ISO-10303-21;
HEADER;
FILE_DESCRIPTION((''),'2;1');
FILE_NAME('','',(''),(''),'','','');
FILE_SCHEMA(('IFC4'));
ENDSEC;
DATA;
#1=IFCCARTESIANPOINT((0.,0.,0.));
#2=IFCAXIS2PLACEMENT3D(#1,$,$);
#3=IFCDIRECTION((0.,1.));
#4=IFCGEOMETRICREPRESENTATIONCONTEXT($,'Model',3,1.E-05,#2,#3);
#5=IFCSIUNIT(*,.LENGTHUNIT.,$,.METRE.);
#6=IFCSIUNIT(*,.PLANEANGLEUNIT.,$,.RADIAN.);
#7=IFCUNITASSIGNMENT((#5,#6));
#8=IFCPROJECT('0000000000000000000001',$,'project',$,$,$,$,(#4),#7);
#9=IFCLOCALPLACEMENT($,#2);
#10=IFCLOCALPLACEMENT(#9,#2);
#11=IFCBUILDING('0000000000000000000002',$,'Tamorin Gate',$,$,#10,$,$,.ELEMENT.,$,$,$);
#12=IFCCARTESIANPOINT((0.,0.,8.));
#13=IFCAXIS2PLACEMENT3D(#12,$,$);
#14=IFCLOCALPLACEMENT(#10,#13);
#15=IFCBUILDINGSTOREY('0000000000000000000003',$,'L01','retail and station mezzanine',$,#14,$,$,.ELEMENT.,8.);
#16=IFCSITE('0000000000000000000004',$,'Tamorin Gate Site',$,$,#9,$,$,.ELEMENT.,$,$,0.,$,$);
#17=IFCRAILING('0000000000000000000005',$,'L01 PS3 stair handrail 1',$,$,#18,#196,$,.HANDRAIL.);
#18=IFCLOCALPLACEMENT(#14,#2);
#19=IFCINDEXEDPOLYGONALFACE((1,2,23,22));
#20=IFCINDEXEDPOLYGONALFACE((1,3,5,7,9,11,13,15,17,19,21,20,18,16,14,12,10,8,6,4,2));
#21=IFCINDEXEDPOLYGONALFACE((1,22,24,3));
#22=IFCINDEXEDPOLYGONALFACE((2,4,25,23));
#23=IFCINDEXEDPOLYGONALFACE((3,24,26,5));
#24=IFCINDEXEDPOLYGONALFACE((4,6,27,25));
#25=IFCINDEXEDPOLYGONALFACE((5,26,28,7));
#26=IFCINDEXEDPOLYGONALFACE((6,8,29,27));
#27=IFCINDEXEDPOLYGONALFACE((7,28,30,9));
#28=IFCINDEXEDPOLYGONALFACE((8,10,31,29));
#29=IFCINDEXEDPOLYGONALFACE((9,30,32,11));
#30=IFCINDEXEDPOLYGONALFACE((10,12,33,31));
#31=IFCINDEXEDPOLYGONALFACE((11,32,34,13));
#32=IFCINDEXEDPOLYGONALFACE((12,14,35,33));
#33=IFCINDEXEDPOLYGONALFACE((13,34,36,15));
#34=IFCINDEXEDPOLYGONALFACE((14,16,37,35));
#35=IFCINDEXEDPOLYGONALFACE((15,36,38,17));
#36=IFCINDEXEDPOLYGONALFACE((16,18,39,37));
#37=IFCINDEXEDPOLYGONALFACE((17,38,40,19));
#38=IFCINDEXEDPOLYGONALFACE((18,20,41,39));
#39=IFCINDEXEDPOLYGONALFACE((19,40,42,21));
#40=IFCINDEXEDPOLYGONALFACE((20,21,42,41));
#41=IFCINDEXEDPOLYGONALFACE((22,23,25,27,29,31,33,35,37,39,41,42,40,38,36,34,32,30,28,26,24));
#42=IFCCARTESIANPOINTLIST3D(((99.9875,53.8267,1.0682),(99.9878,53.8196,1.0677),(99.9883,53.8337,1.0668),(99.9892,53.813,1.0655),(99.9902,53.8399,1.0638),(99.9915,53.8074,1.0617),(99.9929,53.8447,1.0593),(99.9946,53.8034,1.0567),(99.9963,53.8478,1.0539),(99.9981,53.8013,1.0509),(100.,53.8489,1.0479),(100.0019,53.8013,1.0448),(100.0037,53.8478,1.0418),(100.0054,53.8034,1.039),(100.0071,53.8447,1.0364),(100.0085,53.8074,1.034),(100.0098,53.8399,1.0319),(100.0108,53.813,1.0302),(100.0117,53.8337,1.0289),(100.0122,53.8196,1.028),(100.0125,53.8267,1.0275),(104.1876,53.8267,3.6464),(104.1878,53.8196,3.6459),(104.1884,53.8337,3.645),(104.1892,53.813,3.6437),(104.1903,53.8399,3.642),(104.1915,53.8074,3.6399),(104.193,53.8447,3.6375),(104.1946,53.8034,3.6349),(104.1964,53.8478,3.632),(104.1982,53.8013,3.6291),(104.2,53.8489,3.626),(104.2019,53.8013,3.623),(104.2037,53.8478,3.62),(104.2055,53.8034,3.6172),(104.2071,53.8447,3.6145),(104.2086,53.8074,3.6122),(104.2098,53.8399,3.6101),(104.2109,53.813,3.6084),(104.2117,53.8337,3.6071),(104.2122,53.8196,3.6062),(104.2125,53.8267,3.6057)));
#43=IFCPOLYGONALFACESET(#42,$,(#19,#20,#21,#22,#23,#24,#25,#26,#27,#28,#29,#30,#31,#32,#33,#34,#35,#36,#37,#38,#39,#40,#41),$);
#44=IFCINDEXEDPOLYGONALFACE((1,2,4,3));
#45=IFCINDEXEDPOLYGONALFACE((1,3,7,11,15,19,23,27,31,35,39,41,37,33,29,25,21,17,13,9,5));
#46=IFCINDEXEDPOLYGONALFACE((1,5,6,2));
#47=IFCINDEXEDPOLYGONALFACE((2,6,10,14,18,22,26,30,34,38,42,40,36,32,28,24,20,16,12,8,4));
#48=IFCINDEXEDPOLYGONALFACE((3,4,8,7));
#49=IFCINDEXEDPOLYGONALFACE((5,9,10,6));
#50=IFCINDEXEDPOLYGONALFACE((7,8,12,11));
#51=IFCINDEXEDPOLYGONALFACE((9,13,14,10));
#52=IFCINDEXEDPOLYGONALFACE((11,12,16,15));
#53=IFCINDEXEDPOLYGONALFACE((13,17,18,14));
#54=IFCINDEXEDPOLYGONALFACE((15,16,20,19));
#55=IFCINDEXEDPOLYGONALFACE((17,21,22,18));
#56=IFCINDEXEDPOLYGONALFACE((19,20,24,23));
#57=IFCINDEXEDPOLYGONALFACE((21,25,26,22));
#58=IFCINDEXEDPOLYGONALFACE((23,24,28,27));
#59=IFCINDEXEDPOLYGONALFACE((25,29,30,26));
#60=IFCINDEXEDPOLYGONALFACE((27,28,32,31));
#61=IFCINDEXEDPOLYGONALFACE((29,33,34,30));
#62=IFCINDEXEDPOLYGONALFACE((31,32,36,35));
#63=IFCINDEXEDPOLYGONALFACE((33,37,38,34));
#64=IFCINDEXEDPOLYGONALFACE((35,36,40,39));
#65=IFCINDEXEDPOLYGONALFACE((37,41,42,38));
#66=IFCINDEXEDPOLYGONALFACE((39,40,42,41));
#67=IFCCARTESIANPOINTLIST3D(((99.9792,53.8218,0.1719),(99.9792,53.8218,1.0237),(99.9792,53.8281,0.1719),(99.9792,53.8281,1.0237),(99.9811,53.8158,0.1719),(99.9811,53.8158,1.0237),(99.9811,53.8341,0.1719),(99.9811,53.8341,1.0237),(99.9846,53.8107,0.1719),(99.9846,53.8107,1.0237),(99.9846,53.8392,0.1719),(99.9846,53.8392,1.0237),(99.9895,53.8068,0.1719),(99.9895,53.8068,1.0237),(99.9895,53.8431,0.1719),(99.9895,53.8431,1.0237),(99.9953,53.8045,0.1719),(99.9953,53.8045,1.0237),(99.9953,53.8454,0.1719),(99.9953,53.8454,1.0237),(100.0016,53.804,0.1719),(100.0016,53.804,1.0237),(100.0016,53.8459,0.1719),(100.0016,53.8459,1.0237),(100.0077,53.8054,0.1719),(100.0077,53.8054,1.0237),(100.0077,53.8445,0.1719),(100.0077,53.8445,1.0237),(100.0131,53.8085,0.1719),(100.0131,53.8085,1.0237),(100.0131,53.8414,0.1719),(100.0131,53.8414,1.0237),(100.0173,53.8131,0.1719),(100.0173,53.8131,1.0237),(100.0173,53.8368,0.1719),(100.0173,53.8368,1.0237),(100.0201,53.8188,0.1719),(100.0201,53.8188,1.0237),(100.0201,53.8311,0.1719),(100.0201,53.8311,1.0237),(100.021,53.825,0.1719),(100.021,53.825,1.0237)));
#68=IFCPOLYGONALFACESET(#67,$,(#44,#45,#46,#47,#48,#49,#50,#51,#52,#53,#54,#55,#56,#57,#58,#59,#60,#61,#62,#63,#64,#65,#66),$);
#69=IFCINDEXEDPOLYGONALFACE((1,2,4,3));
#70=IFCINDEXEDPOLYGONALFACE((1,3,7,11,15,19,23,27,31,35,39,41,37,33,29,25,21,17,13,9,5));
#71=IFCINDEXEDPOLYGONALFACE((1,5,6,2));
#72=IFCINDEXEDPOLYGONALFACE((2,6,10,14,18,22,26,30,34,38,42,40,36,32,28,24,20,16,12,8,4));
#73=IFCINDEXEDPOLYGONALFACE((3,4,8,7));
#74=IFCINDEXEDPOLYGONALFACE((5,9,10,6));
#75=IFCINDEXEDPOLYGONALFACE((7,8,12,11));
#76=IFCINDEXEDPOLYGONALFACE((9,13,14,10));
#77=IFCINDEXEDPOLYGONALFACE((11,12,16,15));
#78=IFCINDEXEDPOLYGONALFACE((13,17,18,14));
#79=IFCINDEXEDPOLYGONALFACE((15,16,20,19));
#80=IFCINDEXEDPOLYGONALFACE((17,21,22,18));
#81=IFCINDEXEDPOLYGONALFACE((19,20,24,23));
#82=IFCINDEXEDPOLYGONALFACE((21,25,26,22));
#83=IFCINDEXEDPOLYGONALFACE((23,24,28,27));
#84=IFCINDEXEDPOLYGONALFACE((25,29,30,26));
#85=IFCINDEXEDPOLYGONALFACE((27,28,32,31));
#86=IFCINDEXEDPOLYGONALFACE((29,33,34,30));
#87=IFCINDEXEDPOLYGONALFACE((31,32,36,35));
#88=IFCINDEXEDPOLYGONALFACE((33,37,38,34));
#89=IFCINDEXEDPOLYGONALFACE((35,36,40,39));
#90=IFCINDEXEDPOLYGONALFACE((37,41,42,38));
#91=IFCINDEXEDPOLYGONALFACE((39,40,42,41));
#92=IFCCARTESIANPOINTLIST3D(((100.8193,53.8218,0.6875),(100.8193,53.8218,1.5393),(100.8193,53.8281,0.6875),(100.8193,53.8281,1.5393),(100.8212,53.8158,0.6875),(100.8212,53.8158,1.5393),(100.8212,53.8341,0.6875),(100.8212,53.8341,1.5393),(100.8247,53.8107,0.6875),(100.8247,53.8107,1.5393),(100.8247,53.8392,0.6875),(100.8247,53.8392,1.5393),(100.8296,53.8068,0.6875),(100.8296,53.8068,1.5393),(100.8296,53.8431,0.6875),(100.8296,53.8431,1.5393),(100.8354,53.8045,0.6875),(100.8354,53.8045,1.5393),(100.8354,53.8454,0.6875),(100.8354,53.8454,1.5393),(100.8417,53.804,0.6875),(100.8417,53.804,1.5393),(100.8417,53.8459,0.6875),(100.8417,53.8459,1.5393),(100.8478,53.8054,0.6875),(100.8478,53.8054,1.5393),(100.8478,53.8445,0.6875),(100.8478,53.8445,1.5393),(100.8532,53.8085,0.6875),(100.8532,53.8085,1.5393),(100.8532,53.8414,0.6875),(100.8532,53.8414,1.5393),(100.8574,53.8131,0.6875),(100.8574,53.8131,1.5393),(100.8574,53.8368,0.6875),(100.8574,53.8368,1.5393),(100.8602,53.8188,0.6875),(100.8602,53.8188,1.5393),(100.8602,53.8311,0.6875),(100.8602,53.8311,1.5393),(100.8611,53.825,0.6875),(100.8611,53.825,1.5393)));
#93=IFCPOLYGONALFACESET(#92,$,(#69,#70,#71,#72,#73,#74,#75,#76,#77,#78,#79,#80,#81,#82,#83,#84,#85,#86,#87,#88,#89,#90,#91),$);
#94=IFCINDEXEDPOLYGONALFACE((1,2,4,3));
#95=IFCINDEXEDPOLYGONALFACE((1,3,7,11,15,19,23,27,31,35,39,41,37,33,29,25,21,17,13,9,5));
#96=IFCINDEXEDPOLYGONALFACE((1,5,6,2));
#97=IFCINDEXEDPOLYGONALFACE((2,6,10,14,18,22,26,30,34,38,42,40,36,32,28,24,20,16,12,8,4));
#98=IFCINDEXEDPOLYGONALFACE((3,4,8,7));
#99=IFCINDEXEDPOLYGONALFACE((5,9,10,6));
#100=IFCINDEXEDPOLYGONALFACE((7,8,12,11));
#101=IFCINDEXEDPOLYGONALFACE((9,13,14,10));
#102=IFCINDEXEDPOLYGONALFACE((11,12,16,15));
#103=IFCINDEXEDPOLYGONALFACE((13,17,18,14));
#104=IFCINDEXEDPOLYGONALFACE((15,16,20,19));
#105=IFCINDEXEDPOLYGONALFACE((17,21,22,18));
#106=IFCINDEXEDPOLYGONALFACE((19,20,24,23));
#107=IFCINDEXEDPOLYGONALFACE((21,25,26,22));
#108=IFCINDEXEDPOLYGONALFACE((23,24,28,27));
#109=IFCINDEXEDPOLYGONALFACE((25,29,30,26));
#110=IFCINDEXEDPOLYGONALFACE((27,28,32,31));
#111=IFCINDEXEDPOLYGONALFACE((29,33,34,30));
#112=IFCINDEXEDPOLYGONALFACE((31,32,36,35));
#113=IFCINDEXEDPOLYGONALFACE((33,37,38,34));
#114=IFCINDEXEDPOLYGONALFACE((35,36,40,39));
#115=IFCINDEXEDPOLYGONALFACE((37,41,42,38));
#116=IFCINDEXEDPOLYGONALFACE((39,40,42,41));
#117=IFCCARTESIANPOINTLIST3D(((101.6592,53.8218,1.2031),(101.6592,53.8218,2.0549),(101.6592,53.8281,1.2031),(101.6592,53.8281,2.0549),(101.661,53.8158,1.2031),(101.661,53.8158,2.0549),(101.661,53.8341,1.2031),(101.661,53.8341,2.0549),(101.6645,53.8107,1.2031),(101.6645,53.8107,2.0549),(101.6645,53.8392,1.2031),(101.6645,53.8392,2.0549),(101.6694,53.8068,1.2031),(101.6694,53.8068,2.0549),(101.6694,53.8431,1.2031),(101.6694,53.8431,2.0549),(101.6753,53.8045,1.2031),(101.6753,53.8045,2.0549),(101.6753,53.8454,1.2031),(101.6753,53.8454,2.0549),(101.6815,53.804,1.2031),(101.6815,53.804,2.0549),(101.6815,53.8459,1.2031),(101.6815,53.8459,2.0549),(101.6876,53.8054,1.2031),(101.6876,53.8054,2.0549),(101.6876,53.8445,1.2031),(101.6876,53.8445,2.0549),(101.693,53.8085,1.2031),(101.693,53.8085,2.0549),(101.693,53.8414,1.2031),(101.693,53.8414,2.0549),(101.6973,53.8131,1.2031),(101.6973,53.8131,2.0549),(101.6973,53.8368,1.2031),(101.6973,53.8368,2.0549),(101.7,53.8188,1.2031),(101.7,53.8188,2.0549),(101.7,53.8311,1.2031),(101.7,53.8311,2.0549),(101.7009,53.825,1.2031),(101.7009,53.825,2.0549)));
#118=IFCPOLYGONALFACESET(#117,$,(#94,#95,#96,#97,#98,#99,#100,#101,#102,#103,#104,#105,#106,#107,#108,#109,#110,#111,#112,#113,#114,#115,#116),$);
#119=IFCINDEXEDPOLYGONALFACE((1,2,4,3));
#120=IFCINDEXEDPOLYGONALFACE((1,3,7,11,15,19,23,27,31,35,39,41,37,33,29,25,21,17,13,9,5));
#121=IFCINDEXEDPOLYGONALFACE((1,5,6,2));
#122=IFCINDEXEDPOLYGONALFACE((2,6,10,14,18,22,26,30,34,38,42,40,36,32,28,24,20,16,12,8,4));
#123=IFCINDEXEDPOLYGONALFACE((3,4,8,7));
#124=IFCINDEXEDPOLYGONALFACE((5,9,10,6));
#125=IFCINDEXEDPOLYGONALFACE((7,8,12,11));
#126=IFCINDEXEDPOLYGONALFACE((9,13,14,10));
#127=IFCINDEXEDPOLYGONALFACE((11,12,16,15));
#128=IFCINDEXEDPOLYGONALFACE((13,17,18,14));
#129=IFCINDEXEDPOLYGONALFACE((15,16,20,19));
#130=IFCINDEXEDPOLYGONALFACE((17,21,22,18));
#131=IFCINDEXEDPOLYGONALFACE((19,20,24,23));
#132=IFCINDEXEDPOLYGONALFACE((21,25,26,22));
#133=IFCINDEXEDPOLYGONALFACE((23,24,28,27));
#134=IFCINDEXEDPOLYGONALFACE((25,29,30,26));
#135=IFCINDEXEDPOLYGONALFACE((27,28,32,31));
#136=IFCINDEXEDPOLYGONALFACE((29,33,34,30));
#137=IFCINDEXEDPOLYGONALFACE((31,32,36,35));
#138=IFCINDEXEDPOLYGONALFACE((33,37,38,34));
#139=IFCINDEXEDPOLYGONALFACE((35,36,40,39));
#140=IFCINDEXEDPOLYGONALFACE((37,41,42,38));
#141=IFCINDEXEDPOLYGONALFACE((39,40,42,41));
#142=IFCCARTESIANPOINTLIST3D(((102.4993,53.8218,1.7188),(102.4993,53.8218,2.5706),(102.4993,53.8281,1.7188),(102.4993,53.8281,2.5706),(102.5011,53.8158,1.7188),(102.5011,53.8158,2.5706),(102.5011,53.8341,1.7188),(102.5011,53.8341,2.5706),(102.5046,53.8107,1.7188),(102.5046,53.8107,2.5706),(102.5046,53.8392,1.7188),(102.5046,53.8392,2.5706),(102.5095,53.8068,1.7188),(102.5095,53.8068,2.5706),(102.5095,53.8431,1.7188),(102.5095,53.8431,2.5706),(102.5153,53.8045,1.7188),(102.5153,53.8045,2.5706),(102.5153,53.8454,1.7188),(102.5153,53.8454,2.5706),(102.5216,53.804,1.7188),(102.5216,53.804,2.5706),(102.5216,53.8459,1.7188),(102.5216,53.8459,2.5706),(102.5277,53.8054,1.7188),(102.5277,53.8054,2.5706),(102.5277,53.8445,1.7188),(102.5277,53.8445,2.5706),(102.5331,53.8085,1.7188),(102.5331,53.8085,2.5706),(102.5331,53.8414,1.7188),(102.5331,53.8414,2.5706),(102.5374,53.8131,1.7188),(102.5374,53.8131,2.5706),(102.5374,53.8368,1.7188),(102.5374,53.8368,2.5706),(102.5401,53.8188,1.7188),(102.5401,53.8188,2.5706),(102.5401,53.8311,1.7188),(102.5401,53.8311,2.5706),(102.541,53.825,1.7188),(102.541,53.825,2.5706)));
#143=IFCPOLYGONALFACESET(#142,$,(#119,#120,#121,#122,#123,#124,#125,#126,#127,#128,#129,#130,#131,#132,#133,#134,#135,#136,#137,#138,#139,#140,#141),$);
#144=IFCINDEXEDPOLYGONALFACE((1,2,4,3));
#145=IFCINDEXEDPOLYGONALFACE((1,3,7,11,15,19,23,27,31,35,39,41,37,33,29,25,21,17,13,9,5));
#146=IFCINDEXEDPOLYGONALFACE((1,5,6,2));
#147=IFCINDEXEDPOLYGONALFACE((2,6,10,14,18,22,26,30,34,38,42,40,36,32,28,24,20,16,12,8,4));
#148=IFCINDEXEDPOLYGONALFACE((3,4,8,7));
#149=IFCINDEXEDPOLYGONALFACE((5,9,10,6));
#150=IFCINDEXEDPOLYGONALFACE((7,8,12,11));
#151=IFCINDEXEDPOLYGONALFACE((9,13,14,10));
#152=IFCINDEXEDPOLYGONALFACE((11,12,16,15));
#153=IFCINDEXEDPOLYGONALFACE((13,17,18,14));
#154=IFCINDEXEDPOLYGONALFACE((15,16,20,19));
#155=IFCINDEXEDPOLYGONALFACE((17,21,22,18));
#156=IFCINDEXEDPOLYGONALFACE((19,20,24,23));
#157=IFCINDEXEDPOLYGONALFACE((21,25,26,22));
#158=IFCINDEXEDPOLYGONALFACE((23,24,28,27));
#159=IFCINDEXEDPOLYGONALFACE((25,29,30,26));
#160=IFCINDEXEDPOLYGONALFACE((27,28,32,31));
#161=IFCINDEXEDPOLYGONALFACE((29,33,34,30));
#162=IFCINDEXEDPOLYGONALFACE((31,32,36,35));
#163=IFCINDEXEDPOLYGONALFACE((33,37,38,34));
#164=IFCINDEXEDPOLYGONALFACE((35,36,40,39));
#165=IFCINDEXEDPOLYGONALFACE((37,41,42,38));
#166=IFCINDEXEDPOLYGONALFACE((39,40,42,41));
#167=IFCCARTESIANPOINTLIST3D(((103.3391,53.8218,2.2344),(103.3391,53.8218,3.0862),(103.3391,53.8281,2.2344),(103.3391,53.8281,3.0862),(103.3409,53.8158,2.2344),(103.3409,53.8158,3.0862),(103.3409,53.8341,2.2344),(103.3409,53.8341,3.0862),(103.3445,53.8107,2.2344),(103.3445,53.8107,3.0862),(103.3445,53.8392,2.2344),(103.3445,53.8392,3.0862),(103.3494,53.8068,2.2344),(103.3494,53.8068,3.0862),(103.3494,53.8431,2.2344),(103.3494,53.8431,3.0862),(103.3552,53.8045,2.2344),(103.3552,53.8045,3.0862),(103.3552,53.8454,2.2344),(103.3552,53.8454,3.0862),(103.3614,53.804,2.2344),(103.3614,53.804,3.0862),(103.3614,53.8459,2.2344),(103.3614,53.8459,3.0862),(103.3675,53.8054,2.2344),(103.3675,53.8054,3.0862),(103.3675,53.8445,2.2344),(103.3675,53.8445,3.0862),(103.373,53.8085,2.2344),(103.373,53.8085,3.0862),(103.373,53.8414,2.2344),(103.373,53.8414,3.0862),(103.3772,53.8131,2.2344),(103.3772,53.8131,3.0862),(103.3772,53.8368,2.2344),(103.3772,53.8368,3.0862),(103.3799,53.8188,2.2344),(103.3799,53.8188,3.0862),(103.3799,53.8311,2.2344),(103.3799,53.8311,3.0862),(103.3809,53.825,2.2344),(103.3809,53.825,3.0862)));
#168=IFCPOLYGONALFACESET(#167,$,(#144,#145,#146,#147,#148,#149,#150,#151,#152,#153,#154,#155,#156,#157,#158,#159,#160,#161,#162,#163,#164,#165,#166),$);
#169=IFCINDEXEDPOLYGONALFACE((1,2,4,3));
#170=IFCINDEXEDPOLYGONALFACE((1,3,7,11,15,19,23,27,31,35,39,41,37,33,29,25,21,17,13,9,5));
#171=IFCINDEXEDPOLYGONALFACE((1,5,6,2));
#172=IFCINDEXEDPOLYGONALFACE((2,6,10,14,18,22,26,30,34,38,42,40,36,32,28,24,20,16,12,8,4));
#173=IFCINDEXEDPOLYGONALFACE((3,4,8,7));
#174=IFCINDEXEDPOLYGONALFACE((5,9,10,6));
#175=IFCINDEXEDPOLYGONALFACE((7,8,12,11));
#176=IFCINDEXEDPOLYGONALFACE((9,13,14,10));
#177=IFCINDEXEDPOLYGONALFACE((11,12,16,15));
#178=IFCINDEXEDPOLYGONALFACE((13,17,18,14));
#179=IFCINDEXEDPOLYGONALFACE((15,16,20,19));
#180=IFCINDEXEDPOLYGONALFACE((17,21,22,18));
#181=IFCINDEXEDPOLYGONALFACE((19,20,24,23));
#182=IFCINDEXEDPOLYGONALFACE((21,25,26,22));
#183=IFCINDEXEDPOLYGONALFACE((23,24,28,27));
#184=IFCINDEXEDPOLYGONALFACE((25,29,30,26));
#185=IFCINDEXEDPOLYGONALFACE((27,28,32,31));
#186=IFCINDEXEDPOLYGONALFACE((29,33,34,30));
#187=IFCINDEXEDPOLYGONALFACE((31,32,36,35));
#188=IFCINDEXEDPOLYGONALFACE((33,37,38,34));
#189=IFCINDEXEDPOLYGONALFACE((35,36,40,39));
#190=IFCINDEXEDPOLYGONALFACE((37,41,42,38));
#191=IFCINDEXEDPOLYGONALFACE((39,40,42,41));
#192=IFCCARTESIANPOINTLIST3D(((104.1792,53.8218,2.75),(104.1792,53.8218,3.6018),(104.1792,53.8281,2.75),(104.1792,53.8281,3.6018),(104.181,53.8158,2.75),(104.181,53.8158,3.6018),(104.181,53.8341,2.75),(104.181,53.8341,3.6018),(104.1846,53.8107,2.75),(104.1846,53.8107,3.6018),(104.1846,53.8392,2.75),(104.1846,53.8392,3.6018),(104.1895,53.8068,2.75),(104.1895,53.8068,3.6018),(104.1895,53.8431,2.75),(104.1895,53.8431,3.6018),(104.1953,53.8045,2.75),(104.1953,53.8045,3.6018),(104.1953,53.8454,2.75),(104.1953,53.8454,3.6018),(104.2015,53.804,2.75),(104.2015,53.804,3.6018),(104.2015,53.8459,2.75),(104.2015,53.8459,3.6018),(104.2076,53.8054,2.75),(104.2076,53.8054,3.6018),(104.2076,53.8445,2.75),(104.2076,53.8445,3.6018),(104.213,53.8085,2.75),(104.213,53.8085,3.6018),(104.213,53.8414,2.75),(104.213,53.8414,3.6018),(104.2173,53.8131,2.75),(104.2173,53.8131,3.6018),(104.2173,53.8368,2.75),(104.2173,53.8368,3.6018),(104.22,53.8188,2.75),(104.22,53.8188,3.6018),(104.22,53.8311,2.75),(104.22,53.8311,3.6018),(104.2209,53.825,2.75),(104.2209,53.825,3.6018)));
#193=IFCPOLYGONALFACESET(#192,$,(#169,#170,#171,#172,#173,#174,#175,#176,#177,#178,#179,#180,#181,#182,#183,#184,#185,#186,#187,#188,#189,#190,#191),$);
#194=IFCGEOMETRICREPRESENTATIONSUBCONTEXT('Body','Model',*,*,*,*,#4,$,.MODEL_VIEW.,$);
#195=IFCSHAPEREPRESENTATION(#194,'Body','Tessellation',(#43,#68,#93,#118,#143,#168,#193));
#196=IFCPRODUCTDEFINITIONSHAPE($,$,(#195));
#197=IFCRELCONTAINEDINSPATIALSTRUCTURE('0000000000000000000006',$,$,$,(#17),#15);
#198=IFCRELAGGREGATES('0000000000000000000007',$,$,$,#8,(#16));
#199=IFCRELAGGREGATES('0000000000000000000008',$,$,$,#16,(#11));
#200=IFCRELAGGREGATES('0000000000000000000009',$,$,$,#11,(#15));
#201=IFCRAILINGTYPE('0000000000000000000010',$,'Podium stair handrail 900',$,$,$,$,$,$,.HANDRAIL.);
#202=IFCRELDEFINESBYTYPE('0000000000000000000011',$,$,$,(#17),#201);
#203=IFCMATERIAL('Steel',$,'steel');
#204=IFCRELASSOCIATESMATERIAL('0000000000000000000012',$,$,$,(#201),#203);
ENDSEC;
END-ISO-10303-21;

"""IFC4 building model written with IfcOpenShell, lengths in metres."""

from ifc_helpers import new_model, si_unit, direction, frame, origin, origin_2d, place, context, subcontext, project, spatial, circle, extrude, material, type_object, element, save


model = new_model("IFC4")

# Units and contexts
model_context = context("Model", 3, precision=1e-05, world=origin(), true_north=direction((0.0, 1.0)))
body_context = subcontext(model_context, "Body", "Model", "MODEL_VIEW")
ifc_project = project(units=[si_unit("LENGTHUNIT", "METRE"), si_unit("PLANEANGLEUNIT", "RADIAN")], contexts=[model_context])

# Site, building, storey
site_placement = place(None, origin())
site = spatial("IfcSite", under=ifc_project, at=site_placement, Name="Tamorin Gate Site", CompositionType="ELEMENT", RefElevation=0.0)
building_placement = place(site_placement, origin())
building = spatial("IfcBuilding", under=site, at=building_placement, Name="Tamorin Gate", CompositionType="ELEMENT")
storey_placement = place(building_placement, frame((0.0, 0.0, 8.0)))
storey = spatial("IfcBuildingStorey", under=building, at=storey_placement, Name="L01", Description="retail and station mezzanine", CompositionType="ELEMENT", Elevation=8.0)

# Railing
ifc_material_1 = material(Name="Steel", Category="steel")
railing_type_1 = type_object("IfcRailingType", Name="Podium stair handrail 900", PredefinedType="HANDRAIL", material=ifc_material_1)
railing_1_placement = place(storey_placement, frame((100.0, 53.825, 0.1719)))
element("IfcRailing", 1, at=railing_1_placement, inside=storey, type_object=railing_type_1, Name="L01 PS3 stair handrail 1", PredefinedType="HANDRAIL", context=body_context, shape_type="SweptSolid", body=[
    extrude(circle(Radius=0.0239, at=origin_2d()), frame((0.0, 0.0, 0.876), z_axis=(0.852243, 0.0, 0.523146), x_axis=(0.0, 1.0, 0.0)), (0.0, 0.0, 1.0), 4.9282),
    extrude(circle(Radius=0.021, at=origin_2d()), origin(), (0.0, 0.0, 1.0), 0.8518),
    extrude(circle(Radius=0.021, at=origin_2d()), frame((0.8401, 0.0, 0.5156)), (0.0, 0.0, 1.0), 0.8518),
    extrude(circle(Radius=0.021, at=origin_2d()), frame((1.6799, 0.0, 1.0312)), (0.0, 0.0, 1.0), 0.8518),
    extrude(circle(Radius=0.021, at=origin_2d()), frame((2.52, 0.0, 1.5469)), (0.0, 0.0, 1.0), 0.8518),
    extrude(circle(Radius=0.021, at=origin_2d()), frame((3.3599, 0.0, 2.0625)), (0.0, 0.0, 1.0), 0.8518),
    extrude(circle(Radius=0.021, at=origin_2d()), frame((4.2, 0.0, 2.5781)), (0.0, 0.0, 1.0), 0.8518),
])

save(model, "model.ifc")
